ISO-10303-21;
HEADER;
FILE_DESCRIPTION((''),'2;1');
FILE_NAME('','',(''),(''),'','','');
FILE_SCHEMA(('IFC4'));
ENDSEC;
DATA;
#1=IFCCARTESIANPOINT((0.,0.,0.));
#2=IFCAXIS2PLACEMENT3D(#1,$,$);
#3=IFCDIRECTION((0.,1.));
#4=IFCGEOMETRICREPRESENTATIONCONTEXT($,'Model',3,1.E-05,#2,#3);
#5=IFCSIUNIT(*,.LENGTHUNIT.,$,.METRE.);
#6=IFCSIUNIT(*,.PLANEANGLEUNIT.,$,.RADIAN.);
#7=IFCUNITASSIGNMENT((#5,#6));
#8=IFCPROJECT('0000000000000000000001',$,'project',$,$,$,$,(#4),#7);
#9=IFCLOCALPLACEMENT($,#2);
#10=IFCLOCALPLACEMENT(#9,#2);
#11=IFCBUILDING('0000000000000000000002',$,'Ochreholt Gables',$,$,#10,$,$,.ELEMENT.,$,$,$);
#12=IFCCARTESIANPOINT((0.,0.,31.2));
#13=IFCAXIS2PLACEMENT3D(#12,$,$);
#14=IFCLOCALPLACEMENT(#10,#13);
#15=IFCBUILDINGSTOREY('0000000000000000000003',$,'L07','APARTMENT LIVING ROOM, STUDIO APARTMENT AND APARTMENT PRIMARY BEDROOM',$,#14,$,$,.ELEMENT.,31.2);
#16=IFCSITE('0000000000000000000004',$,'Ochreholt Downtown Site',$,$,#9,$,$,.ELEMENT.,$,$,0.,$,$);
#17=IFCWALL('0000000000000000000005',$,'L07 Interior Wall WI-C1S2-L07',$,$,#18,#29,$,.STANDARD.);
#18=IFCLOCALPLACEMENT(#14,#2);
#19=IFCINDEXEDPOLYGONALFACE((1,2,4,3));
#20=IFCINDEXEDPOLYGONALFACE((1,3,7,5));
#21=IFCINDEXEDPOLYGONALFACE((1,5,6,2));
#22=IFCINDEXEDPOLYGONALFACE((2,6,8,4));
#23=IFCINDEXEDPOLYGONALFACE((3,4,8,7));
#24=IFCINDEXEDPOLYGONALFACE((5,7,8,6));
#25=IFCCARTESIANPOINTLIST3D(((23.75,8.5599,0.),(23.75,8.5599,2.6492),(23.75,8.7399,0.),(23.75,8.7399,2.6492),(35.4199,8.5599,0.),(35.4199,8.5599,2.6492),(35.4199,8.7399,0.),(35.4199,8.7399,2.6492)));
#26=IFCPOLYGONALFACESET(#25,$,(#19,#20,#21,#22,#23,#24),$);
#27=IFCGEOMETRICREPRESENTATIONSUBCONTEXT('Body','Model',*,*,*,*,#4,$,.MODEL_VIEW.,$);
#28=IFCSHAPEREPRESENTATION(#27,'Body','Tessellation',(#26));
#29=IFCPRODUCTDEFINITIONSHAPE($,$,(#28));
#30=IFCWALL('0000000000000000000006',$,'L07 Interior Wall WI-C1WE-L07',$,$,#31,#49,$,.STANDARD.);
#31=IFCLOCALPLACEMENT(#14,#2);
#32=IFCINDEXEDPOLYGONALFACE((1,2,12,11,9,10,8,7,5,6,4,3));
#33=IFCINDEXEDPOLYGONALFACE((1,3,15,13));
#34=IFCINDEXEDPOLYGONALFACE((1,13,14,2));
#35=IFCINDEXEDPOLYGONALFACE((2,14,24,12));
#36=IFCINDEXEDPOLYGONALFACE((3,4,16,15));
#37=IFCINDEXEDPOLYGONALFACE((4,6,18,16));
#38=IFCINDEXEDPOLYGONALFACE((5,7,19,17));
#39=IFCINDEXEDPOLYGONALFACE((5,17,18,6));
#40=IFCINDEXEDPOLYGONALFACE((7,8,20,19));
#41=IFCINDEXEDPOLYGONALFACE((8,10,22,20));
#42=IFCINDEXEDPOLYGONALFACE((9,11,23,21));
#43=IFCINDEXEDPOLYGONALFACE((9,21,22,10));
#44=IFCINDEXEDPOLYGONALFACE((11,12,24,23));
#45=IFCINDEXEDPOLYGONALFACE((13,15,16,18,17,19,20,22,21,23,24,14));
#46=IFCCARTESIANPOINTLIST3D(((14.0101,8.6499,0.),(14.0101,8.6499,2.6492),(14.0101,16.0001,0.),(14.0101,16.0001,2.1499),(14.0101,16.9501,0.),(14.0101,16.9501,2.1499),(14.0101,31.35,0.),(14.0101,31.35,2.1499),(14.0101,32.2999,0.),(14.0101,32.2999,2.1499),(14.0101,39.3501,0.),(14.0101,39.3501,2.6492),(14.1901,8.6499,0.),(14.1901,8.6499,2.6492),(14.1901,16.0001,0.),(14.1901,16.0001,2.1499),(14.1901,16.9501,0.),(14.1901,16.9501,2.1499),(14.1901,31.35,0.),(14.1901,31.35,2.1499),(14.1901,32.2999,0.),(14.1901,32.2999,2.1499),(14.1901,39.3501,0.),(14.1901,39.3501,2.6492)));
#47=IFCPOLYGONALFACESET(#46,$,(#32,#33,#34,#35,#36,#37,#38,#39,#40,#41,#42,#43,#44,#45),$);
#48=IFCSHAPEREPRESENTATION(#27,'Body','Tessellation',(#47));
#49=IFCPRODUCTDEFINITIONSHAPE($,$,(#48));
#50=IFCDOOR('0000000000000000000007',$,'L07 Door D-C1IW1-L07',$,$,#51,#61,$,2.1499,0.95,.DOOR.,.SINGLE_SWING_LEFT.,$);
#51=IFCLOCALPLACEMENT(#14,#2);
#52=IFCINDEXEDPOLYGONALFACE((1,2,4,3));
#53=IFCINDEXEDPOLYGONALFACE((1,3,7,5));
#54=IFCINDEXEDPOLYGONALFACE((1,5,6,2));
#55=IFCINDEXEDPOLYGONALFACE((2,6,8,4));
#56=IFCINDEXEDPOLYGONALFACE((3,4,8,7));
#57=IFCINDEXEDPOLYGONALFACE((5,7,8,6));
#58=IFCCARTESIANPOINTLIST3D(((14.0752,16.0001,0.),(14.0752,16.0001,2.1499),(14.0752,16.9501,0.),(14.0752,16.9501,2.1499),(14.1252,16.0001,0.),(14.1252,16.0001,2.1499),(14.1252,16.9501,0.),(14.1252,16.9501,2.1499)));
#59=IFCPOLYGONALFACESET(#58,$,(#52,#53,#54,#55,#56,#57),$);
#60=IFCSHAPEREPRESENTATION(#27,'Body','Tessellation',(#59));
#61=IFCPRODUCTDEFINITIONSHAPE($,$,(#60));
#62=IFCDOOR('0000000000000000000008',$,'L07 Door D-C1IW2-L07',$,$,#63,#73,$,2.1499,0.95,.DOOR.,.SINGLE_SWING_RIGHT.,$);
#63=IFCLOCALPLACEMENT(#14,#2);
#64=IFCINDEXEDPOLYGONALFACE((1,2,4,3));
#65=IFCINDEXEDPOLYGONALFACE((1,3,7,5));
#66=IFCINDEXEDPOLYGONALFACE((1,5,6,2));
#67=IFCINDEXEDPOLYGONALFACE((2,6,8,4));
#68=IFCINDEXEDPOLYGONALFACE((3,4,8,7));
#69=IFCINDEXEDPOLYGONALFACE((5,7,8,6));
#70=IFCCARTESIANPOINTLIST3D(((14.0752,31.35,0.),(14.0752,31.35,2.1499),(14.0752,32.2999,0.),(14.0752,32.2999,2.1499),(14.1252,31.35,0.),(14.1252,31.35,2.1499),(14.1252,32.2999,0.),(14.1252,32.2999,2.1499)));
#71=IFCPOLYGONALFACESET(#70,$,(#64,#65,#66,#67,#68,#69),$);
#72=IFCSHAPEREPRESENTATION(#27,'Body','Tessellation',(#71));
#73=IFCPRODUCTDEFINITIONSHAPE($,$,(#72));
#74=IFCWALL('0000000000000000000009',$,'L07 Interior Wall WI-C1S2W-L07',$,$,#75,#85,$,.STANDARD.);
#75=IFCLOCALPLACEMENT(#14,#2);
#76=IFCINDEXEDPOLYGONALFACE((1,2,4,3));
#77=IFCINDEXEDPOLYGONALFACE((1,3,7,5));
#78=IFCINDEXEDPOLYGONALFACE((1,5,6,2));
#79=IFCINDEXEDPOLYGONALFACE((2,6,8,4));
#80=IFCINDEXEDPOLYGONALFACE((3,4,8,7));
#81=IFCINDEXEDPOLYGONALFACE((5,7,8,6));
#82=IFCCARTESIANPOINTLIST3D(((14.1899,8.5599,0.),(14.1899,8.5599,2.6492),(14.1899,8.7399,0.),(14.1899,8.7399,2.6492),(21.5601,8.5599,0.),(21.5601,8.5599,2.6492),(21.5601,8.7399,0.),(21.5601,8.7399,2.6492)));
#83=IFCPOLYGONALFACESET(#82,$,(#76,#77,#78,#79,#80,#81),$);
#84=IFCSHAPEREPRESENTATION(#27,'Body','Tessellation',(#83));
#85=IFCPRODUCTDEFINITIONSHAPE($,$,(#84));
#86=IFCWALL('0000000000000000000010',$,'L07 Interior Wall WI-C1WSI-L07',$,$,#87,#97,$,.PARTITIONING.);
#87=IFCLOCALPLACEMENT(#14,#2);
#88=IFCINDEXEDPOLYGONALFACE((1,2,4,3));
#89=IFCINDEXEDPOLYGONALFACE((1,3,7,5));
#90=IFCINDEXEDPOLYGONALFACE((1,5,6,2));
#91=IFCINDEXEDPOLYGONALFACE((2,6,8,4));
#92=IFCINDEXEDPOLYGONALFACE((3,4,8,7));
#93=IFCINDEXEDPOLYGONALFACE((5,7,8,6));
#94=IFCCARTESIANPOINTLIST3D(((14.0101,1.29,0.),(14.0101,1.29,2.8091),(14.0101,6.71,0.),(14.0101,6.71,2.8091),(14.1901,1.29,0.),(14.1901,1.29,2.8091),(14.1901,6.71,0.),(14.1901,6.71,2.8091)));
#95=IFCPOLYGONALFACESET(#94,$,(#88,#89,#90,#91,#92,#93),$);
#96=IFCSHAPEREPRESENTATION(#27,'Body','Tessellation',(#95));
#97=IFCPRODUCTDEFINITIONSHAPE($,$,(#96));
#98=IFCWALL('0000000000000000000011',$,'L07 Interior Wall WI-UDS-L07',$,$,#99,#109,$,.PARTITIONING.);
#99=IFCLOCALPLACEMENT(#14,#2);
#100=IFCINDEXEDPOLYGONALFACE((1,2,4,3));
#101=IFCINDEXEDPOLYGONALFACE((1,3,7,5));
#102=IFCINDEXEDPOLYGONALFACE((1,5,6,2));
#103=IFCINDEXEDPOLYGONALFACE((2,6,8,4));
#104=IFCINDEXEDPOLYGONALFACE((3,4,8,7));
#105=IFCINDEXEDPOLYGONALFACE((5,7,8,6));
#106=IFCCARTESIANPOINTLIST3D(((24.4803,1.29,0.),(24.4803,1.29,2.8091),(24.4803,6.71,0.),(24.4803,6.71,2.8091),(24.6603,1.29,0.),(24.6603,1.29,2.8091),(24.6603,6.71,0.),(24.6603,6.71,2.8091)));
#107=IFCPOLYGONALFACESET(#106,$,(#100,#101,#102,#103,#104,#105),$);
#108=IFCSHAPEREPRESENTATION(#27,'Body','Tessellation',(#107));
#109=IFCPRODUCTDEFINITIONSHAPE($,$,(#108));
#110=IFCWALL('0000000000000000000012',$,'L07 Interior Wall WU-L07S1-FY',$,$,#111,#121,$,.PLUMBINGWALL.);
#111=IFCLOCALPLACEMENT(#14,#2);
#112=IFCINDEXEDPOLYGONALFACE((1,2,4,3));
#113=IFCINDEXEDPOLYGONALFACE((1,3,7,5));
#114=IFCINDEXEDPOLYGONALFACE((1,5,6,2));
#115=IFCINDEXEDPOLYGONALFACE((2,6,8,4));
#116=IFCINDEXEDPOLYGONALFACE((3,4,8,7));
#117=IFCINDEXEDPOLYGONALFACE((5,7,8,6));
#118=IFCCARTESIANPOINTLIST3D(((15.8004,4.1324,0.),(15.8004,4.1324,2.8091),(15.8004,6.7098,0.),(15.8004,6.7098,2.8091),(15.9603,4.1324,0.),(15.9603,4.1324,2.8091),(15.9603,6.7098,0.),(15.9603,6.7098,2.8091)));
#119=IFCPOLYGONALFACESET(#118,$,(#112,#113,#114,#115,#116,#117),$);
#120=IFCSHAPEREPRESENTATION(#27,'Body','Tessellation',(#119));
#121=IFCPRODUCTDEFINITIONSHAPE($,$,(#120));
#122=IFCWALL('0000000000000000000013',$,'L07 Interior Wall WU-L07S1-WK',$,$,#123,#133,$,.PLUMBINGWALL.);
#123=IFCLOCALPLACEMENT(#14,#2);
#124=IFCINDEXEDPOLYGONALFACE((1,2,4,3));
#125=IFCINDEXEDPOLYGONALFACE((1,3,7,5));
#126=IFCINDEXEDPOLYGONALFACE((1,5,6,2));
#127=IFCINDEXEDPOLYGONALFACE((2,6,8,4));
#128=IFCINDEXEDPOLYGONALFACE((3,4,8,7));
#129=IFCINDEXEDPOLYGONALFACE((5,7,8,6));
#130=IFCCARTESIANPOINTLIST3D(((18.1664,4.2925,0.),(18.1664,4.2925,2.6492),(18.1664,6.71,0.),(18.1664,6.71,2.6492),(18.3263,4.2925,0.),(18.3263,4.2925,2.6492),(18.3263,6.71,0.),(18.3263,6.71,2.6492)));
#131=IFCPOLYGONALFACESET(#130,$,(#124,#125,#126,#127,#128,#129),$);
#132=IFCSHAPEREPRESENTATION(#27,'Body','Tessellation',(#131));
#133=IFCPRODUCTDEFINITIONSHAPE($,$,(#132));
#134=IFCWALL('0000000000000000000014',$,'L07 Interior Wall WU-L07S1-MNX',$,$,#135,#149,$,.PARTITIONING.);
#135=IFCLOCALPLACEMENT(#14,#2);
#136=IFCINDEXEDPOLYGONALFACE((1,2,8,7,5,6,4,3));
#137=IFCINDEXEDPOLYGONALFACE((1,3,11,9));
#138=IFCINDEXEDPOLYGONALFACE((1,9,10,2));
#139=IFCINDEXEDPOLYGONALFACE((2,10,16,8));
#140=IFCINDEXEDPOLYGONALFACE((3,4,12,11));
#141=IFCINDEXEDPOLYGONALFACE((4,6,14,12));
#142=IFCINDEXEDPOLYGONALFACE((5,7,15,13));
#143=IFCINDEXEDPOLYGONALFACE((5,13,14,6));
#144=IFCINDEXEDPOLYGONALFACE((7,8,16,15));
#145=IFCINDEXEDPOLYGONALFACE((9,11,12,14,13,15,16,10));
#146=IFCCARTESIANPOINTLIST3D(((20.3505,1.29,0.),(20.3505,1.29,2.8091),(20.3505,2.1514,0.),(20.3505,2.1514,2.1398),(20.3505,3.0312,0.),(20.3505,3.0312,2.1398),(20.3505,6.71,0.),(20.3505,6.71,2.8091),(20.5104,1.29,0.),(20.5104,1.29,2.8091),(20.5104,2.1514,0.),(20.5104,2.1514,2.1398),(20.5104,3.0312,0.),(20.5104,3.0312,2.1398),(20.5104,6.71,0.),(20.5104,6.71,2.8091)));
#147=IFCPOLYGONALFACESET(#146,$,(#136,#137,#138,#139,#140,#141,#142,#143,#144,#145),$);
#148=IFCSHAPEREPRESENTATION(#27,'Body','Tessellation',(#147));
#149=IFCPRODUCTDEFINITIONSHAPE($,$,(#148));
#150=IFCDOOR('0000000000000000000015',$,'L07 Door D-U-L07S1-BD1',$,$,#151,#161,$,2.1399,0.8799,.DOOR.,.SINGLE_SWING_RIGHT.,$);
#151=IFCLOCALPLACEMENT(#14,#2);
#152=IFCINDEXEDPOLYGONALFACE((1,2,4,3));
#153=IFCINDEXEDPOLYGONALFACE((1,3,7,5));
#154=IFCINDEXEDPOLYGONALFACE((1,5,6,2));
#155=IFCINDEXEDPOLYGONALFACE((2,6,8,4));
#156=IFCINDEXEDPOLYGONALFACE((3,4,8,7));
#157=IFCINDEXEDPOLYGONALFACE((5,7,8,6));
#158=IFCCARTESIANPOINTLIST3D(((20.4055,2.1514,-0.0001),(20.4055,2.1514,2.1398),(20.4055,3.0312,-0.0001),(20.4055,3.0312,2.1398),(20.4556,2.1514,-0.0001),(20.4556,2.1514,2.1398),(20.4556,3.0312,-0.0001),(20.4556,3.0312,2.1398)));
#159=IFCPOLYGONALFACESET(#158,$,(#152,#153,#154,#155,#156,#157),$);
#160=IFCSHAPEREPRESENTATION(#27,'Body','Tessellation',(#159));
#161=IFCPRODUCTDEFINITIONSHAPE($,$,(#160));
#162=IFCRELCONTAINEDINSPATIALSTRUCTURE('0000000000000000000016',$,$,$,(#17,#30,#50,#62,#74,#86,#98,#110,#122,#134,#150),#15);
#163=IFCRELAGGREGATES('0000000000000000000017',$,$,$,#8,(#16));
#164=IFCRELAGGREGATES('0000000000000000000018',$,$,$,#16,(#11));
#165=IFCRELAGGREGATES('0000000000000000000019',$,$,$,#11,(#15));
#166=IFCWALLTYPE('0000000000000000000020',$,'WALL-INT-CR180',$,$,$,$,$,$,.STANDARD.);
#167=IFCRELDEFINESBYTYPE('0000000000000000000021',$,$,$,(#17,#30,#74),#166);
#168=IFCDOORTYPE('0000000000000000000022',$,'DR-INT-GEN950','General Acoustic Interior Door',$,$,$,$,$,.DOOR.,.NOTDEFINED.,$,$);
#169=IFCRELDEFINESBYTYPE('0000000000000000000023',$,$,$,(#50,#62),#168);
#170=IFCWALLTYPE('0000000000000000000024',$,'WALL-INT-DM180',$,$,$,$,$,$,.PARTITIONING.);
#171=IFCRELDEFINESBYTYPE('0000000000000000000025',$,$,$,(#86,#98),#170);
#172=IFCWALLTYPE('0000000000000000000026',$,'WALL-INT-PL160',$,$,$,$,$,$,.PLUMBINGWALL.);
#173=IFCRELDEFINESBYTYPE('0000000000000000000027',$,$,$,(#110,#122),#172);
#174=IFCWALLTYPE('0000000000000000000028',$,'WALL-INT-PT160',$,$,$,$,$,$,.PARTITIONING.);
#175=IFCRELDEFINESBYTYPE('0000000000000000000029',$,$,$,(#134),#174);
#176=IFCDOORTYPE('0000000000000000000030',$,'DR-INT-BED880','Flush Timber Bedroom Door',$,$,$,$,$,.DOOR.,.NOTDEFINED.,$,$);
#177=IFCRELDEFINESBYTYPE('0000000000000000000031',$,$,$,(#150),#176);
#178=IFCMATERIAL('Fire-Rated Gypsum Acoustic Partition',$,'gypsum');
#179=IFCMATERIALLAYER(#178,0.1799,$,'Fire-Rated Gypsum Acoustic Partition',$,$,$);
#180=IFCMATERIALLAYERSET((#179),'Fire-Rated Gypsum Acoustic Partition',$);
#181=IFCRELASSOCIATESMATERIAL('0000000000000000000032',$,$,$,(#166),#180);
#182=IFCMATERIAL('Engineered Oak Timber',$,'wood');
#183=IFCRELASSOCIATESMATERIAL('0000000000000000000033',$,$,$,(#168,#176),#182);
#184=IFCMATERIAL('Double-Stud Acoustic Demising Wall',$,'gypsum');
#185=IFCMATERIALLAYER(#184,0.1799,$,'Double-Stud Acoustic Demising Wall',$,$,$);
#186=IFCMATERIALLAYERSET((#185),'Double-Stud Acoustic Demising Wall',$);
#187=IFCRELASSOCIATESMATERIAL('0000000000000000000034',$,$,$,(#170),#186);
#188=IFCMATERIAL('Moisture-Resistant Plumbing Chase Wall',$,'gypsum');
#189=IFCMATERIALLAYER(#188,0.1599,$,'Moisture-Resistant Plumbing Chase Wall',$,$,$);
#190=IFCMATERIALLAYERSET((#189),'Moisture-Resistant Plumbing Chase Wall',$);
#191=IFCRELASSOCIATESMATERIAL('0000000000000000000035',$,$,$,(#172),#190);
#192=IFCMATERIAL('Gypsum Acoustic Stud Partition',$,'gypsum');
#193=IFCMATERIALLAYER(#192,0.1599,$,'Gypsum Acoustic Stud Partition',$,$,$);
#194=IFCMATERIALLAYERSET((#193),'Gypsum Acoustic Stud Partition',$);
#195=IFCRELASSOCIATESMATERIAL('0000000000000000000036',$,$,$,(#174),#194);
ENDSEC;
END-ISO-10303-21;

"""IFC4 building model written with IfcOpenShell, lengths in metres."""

from ifc_helpers import new_model, si_unit, direction, frame, frame_2d, origin, place, context, subcontext, project, spatial, rectangle, extrude, material, layer, layer_set, type_object, element, fill, save


model = new_model("IFC4")

# Units and contexts
model_context = context("Model", 3, precision=1e-05, world=origin(), true_north=direction((0.0, 1.0)))
body_context = subcontext(model_context, "Body", "Model", "MODEL_VIEW")
ifc_project = project(units=[si_unit("LENGTHUNIT", "METRE"), si_unit("PLANEANGLEUNIT", "RADIAN")], contexts=[model_context])

# Site, building, storey
site_placement = place(None, origin())
site = spatial("IfcSite", under=ifc_project, at=site_placement, Name="Ochreholt Downtown Site", CompositionType="ELEMENT", RefElevation=0.0)
building_placement = place(site_placement, origin())
building = spatial("IfcBuilding", under=site, at=building_placement, Name="Ochreholt Gables", CompositionType="ELEMENT")
storey_placement = place(building_placement, frame((0.0, 0.0, 31.2)))
storey = spatial("IfcBuildingStorey", under=building, at=storey_placement, Name="L07", Description="APARTMENT LIVING ROOM, STUDIO APARTMENT AND APARTMENT PRIMARY BEDROOM", CompositionType="ELEMENT", Elevation=31.2)

# Shared definitions
ifc_material_1 = material(Name="Fire-Rated Gypsum Acoustic Partition", Category="gypsum")
ifc_layer_1 = layer(ifc_material_1, 0.1799, Name="Fire-Rated Gypsum Acoustic Partition")
ifc_layer_set_1 = layer_set([ifc_layer_1], Name="Fire-Rated Gypsum Acoustic Partition")
wall_type_1 = type_object("IfcWallType", Name="WALL-INT-CR180", PredefinedType="STANDARD", material=ifc_layer_set_1)

# Shared definitions
ifc_material_2 = material(Name="Engineered Oak Timber", Category="wood")

# Wall
wall_1_placement = place(storey_placement, frame((23.75, 8.6499, 0.0), z_axis=(0.0, 0.0, 1.0), x_axis=(1.0, 0.0, 0.0)))
element("IfcWall", 1, at=wall_1_placement, inside=storey, type_object=wall_type_1, Name="L07 Interior Wall WI-C1S2-L07", PredefinedType="STANDARD", context=body_context, shape_type="SweptSolid", body=[
    extrude(rectangle(XDim=11.6699, YDim=0.1799, at=frame_2d((5.835, 0.0))), origin(), (0.0, 0.0, 1.0), 2.6492),
])

# Wall, openings, doors
wall_2_placement = place(storey_placement, frame((14.1001, 8.6499, 0.0), z_axis=(0.0, 0.0, 1.0), x_axis=(0.0, 1.0, 0.0)))
wall_2 = element("IfcWall", 2, at=wall_2_placement, inside=storey, type_object=wall_type_1, Name="L07 Interior Wall WI-C1WE-L07", PredefinedType="STANDARD", context=body_context, shape_type="SweptSolid", body=[
    extrude(rectangle(XDim=30.7002, YDim=0.1799, at=frame_2d((15.3501, 0.0))), origin(), (0.0, 0.0, 1.0), 2.6492),
])
opening_1_placement = place(wall_2_placement, frame((7.3501, 0.0, 0.0)))
opening_1 = element("IfcOpeningElement", 3, at=opening_1_placement, cuts=wall_2, PredefinedType="OPENING", context=body_context, shape_type="SweptSolid", body=[
    extrude(rectangle(XDim=0.95, YDim=2.1499, at=frame_2d((0.4751, 1.075))), frame((0.0, 0.0999, 0.0), z_axis=(0.0, -1.0, 0.0), x_axis=(1.0, 0.0, 0.0)), (0.0, 0.0, 1.0), 0.2),
])
opening_2_placement = place(wall_2_placement, frame((22.7, 0.0, 0.0)))
opening_2 = element("IfcOpeningElement", 4, at=opening_2_placement, cuts=wall_2, PredefinedType="OPENING", context=body_context, shape_type="SweptSolid", body=[
    extrude(rectangle(XDim=0.95, YDim=2.1499, at=frame_2d((0.4751, 1.075))), frame((0.0, 0.0999, 0.0), z_axis=(0.0, -1.0, 0.0), x_axis=(1.0, 0.0, 0.0)), (0.0, 0.0, 1.0), 0.2),
])
door_type_1 = type_object("IfcDoorType", Name="DR-INT-GEN950", Description="General Acoustic Interior Door", OperationType="NOTDEFINED", PredefinedType="DOOR", material=ifc_material_2)
door_1_placement = place(opening_1_placement, origin())
door_1 = element("IfcDoor", 5, at=door_1_placement, inside=storey, type_object=door_type_1, Name="L07 Door D-C1IW1-L07", OperationType="SINGLE_SWING_LEFT", OverallHeight=2.1499, OverallWidth=0.95, PredefinedType="DOOR", context=body_context, shape_type="SweptSolid", body=[
    extrude(rectangle(XDim=0.95, YDim=2.1499, at=frame_2d((0.4751, 1.075))), frame((0.0, 0.0249, 0.0), z_axis=(0.0, -1.0, 0.0), x_axis=(1.0, 0.0, 0.0)), (0.0, 0.0, 1.0), 0.05),
])
fill(opening_1, door_1)
door_2_placement = place(opening_2_placement, origin())
door_2 = element("IfcDoor", 6, at=door_2_placement, inside=storey, type_object=door_type_1, Name="L07 Door D-C1IW2-L07", OperationType="SINGLE_SWING_RIGHT", OverallHeight=2.1499, OverallWidth=0.95, PredefinedType="DOOR", context=body_context, shape_type="SweptSolid", body=[
    extrude(rectangle(XDim=0.95, YDim=2.1499, at=frame_2d((0.4751, 1.075))), frame((0.0, 0.0249, 0.0), z_axis=(0.0, -1.0, 0.0), x_axis=(1.0, 0.0, 0.0)), (0.0, 0.0, 1.0), 0.05),
])
fill(opening_2, door_2)

# Walls
wall_3_placement = place(storey_placement, frame((14.1899, 8.6499, 0.0), z_axis=(0.0, 0.0, 1.0), x_axis=(1.0, 0.0, 0.0)))
element("IfcWall", 7, at=wall_3_placement, inside=storey, type_object=wall_type_1, Name="L07 Interior Wall WI-C1S2W-L07", PredefinedType="STANDARD", context=body_context, shape_type="SweptSolid", body=[
    extrude(rectangle(XDim=7.3701, YDim=0.1799, at=frame_2d((3.6851, 0.0))), origin(), (0.0, 0.0, 1.0), 2.6492),
])
ifc_material_3 = material(Name="Double-Stud Acoustic Demising Wall", Category="gypsum")
ifc_layer_2 = layer(ifc_material_3, 0.1799, Name="Double-Stud Acoustic Demising Wall")
ifc_layer_set_2 = layer_set([ifc_layer_2], Name="Double-Stud Acoustic Demising Wall")
wall_type_2 = type_object("IfcWallType", Name="WALL-INT-DM180", PredefinedType="PARTITIONING", material=ifc_layer_set_2)
for number, where, z_axis, x_axis, name in (
    (8, (14.1001, 1.29, 0.0), (0.0, 0.0, 1.0), (0.0, 1.0, 0.0), "L07 Interior Wall WI-C1WSI-L07"),
    (9, (24.5703, 1.29, 0.0), (0.0, 0.0, 1.0), (0.0, 1.0, 0.0), "L07 Interior Wall WI-UDS-L07"),
):
    element("IfcWall", number, at=place(storey_placement, frame(where, z_axis=z_axis, x_axis=x_axis)), inside=storey, type_object=wall_type_2, Name=name, PredefinedType="PARTITIONING", context=body_context, shape_type="SweptSolid", body=[
        extrude(rectangle(XDim=5.4199, YDim=0.1799, at=frame_2d((2.71, 0.0))), origin(), (0.0, 0.0, 1.0), 2.8091),
    ])

# Shared definitions
ifc_material_4 = material(Name="Moisture-Resistant Plumbing Chase Wall", Category="gypsum")
ifc_layer_3 = layer(ifc_material_4, 0.1599, Name="Moisture-Resistant Plumbing Chase Wall")
ifc_layer_set_3 = layer_set([ifc_layer_3], Name="Moisture-Resistant Plumbing Chase Wall")
wall_type_3 = type_object("IfcWallType", Name="WALL-INT-PL160", PredefinedType="PLUMBINGWALL", material=ifc_layer_set_3)

# Walls
wall_4_placement = place(storey_placement, frame((15.8804, 4.1326, 0.0), z_axis=(0.0, 0.0, 1.0), x_axis=(0.0, 1.0, 0.0)))
element("IfcWall", 10, at=wall_4_placement, inside=storey, type_object=wall_type_3, Name="L07 Interior Wall WU-L07S1-FY", PredefinedType="PLUMBINGWALL", context=body_context, shape_type="SweptSolid", body=[
    extrude(rectangle(XDim=2.5774, YDim=0.1599, at=frame_2d((1.2886, 0.0))), origin(), (0.0, 0.0, 1.0), 2.8091),
])
wall_5_placement = place(storey_placement, frame((18.2463, 4.2925, 0.0), z_axis=(0.0, 0.0, 1.0), x_axis=(0.0, 1.0, 0.0)))
element("IfcWall", 11, at=wall_5_placement, inside=storey, type_object=wall_type_3, Name="L07 Interior Wall WU-L07S1-WK", PredefinedType="PLUMBINGWALL", context=body_context, shape_type="SweptSolid", body=[
    extrude(rectangle(XDim=2.4175, YDim=0.1599, at=frame_2d((1.2087, 0.0))), origin(), (0.0, 0.0, 1.0), 2.6492),
])

# Wall, opening, door
ifc_material_5 = material(Name="Gypsum Acoustic Stud Partition", Category="gypsum")
ifc_layer_4 = layer(ifc_material_5, 0.1599, Name="Gypsum Acoustic Stud Partition")
ifc_layer_set_4 = layer_set([ifc_layer_4], Name="Gypsum Acoustic Stud Partition")
wall_type_4 = type_object("IfcWallType", Name="WALL-INT-PT160", PredefinedType="PARTITIONING", material=ifc_layer_set_4)
wall_6_placement = place(storey_placement, frame((20.4304, 1.29, 0.0), z_axis=(0.0, 0.0, 1.0), x_axis=(0.0, 1.0, 0.0)))
wall_6 = element("IfcWall", 12, at=wall_6_placement, inside=storey, type_object=wall_type_4, Name="L07 Interior Wall WU-L07S1-MNX", PredefinedType="PARTITIONING", context=body_context, shape_type="SweptSolid", body=[
    extrude(rectangle(XDim=5.4199, YDim=0.1599, at=frame_2d((2.71, 0.0))), origin(), (0.0, 0.0, 1.0), 2.8091),
])
opening_3_placement = place(wall_6_placement, frame((0.8613, 0.0, 0.0)))
opening_3 = element("IfcOpeningElement", 13, at=opening_3_placement, cuts=wall_6, PredefinedType="OPENING", context=body_context, shape_type="SweptSolid", body=[
    extrude(rectangle(XDim=0.8799, YDim=2.1399, at=frame_2d((0.4399, 1.0698))), frame((0.0, 0.0898, 0.0), z_axis=(0.0, -1.0, 0.0), x_axis=(1.0, 0.0, 0.0)), (0.0, 0.0, 1.0), 0.1799),
])
door_type_2 = type_object("IfcDoorType", Name="DR-INT-BED880", Description="Flush Timber Bedroom Door", OperationType="NOTDEFINED", PredefinedType="DOOR", material=ifc_material_2)
door_3_placement = place(opening_3_placement, origin())
door_3 = element("IfcDoor", 14, at=door_3_placement, inside=storey, type_object=door_type_2, Name="L07 Door D-U-L07S1-BD1", OperationType="SINGLE_SWING_RIGHT", OverallHeight=2.1399, OverallWidth=0.8799, PredefinedType="DOOR", context=body_context, shape_type="SweptSolid", body=[
    extrude(rectangle(XDim=0.8799, YDim=2.1399, at=frame_2d((0.4399, 1.0698))), frame((0.0, 0.0249, 0.0), z_axis=(0.0, -1.0, 0.0), x_axis=(1.0, 0.0, 0.0)), (0.0, 0.0, 1.0), 0.05),
])
fill(opening_3, door_3)

save(model, "model.ifc")
